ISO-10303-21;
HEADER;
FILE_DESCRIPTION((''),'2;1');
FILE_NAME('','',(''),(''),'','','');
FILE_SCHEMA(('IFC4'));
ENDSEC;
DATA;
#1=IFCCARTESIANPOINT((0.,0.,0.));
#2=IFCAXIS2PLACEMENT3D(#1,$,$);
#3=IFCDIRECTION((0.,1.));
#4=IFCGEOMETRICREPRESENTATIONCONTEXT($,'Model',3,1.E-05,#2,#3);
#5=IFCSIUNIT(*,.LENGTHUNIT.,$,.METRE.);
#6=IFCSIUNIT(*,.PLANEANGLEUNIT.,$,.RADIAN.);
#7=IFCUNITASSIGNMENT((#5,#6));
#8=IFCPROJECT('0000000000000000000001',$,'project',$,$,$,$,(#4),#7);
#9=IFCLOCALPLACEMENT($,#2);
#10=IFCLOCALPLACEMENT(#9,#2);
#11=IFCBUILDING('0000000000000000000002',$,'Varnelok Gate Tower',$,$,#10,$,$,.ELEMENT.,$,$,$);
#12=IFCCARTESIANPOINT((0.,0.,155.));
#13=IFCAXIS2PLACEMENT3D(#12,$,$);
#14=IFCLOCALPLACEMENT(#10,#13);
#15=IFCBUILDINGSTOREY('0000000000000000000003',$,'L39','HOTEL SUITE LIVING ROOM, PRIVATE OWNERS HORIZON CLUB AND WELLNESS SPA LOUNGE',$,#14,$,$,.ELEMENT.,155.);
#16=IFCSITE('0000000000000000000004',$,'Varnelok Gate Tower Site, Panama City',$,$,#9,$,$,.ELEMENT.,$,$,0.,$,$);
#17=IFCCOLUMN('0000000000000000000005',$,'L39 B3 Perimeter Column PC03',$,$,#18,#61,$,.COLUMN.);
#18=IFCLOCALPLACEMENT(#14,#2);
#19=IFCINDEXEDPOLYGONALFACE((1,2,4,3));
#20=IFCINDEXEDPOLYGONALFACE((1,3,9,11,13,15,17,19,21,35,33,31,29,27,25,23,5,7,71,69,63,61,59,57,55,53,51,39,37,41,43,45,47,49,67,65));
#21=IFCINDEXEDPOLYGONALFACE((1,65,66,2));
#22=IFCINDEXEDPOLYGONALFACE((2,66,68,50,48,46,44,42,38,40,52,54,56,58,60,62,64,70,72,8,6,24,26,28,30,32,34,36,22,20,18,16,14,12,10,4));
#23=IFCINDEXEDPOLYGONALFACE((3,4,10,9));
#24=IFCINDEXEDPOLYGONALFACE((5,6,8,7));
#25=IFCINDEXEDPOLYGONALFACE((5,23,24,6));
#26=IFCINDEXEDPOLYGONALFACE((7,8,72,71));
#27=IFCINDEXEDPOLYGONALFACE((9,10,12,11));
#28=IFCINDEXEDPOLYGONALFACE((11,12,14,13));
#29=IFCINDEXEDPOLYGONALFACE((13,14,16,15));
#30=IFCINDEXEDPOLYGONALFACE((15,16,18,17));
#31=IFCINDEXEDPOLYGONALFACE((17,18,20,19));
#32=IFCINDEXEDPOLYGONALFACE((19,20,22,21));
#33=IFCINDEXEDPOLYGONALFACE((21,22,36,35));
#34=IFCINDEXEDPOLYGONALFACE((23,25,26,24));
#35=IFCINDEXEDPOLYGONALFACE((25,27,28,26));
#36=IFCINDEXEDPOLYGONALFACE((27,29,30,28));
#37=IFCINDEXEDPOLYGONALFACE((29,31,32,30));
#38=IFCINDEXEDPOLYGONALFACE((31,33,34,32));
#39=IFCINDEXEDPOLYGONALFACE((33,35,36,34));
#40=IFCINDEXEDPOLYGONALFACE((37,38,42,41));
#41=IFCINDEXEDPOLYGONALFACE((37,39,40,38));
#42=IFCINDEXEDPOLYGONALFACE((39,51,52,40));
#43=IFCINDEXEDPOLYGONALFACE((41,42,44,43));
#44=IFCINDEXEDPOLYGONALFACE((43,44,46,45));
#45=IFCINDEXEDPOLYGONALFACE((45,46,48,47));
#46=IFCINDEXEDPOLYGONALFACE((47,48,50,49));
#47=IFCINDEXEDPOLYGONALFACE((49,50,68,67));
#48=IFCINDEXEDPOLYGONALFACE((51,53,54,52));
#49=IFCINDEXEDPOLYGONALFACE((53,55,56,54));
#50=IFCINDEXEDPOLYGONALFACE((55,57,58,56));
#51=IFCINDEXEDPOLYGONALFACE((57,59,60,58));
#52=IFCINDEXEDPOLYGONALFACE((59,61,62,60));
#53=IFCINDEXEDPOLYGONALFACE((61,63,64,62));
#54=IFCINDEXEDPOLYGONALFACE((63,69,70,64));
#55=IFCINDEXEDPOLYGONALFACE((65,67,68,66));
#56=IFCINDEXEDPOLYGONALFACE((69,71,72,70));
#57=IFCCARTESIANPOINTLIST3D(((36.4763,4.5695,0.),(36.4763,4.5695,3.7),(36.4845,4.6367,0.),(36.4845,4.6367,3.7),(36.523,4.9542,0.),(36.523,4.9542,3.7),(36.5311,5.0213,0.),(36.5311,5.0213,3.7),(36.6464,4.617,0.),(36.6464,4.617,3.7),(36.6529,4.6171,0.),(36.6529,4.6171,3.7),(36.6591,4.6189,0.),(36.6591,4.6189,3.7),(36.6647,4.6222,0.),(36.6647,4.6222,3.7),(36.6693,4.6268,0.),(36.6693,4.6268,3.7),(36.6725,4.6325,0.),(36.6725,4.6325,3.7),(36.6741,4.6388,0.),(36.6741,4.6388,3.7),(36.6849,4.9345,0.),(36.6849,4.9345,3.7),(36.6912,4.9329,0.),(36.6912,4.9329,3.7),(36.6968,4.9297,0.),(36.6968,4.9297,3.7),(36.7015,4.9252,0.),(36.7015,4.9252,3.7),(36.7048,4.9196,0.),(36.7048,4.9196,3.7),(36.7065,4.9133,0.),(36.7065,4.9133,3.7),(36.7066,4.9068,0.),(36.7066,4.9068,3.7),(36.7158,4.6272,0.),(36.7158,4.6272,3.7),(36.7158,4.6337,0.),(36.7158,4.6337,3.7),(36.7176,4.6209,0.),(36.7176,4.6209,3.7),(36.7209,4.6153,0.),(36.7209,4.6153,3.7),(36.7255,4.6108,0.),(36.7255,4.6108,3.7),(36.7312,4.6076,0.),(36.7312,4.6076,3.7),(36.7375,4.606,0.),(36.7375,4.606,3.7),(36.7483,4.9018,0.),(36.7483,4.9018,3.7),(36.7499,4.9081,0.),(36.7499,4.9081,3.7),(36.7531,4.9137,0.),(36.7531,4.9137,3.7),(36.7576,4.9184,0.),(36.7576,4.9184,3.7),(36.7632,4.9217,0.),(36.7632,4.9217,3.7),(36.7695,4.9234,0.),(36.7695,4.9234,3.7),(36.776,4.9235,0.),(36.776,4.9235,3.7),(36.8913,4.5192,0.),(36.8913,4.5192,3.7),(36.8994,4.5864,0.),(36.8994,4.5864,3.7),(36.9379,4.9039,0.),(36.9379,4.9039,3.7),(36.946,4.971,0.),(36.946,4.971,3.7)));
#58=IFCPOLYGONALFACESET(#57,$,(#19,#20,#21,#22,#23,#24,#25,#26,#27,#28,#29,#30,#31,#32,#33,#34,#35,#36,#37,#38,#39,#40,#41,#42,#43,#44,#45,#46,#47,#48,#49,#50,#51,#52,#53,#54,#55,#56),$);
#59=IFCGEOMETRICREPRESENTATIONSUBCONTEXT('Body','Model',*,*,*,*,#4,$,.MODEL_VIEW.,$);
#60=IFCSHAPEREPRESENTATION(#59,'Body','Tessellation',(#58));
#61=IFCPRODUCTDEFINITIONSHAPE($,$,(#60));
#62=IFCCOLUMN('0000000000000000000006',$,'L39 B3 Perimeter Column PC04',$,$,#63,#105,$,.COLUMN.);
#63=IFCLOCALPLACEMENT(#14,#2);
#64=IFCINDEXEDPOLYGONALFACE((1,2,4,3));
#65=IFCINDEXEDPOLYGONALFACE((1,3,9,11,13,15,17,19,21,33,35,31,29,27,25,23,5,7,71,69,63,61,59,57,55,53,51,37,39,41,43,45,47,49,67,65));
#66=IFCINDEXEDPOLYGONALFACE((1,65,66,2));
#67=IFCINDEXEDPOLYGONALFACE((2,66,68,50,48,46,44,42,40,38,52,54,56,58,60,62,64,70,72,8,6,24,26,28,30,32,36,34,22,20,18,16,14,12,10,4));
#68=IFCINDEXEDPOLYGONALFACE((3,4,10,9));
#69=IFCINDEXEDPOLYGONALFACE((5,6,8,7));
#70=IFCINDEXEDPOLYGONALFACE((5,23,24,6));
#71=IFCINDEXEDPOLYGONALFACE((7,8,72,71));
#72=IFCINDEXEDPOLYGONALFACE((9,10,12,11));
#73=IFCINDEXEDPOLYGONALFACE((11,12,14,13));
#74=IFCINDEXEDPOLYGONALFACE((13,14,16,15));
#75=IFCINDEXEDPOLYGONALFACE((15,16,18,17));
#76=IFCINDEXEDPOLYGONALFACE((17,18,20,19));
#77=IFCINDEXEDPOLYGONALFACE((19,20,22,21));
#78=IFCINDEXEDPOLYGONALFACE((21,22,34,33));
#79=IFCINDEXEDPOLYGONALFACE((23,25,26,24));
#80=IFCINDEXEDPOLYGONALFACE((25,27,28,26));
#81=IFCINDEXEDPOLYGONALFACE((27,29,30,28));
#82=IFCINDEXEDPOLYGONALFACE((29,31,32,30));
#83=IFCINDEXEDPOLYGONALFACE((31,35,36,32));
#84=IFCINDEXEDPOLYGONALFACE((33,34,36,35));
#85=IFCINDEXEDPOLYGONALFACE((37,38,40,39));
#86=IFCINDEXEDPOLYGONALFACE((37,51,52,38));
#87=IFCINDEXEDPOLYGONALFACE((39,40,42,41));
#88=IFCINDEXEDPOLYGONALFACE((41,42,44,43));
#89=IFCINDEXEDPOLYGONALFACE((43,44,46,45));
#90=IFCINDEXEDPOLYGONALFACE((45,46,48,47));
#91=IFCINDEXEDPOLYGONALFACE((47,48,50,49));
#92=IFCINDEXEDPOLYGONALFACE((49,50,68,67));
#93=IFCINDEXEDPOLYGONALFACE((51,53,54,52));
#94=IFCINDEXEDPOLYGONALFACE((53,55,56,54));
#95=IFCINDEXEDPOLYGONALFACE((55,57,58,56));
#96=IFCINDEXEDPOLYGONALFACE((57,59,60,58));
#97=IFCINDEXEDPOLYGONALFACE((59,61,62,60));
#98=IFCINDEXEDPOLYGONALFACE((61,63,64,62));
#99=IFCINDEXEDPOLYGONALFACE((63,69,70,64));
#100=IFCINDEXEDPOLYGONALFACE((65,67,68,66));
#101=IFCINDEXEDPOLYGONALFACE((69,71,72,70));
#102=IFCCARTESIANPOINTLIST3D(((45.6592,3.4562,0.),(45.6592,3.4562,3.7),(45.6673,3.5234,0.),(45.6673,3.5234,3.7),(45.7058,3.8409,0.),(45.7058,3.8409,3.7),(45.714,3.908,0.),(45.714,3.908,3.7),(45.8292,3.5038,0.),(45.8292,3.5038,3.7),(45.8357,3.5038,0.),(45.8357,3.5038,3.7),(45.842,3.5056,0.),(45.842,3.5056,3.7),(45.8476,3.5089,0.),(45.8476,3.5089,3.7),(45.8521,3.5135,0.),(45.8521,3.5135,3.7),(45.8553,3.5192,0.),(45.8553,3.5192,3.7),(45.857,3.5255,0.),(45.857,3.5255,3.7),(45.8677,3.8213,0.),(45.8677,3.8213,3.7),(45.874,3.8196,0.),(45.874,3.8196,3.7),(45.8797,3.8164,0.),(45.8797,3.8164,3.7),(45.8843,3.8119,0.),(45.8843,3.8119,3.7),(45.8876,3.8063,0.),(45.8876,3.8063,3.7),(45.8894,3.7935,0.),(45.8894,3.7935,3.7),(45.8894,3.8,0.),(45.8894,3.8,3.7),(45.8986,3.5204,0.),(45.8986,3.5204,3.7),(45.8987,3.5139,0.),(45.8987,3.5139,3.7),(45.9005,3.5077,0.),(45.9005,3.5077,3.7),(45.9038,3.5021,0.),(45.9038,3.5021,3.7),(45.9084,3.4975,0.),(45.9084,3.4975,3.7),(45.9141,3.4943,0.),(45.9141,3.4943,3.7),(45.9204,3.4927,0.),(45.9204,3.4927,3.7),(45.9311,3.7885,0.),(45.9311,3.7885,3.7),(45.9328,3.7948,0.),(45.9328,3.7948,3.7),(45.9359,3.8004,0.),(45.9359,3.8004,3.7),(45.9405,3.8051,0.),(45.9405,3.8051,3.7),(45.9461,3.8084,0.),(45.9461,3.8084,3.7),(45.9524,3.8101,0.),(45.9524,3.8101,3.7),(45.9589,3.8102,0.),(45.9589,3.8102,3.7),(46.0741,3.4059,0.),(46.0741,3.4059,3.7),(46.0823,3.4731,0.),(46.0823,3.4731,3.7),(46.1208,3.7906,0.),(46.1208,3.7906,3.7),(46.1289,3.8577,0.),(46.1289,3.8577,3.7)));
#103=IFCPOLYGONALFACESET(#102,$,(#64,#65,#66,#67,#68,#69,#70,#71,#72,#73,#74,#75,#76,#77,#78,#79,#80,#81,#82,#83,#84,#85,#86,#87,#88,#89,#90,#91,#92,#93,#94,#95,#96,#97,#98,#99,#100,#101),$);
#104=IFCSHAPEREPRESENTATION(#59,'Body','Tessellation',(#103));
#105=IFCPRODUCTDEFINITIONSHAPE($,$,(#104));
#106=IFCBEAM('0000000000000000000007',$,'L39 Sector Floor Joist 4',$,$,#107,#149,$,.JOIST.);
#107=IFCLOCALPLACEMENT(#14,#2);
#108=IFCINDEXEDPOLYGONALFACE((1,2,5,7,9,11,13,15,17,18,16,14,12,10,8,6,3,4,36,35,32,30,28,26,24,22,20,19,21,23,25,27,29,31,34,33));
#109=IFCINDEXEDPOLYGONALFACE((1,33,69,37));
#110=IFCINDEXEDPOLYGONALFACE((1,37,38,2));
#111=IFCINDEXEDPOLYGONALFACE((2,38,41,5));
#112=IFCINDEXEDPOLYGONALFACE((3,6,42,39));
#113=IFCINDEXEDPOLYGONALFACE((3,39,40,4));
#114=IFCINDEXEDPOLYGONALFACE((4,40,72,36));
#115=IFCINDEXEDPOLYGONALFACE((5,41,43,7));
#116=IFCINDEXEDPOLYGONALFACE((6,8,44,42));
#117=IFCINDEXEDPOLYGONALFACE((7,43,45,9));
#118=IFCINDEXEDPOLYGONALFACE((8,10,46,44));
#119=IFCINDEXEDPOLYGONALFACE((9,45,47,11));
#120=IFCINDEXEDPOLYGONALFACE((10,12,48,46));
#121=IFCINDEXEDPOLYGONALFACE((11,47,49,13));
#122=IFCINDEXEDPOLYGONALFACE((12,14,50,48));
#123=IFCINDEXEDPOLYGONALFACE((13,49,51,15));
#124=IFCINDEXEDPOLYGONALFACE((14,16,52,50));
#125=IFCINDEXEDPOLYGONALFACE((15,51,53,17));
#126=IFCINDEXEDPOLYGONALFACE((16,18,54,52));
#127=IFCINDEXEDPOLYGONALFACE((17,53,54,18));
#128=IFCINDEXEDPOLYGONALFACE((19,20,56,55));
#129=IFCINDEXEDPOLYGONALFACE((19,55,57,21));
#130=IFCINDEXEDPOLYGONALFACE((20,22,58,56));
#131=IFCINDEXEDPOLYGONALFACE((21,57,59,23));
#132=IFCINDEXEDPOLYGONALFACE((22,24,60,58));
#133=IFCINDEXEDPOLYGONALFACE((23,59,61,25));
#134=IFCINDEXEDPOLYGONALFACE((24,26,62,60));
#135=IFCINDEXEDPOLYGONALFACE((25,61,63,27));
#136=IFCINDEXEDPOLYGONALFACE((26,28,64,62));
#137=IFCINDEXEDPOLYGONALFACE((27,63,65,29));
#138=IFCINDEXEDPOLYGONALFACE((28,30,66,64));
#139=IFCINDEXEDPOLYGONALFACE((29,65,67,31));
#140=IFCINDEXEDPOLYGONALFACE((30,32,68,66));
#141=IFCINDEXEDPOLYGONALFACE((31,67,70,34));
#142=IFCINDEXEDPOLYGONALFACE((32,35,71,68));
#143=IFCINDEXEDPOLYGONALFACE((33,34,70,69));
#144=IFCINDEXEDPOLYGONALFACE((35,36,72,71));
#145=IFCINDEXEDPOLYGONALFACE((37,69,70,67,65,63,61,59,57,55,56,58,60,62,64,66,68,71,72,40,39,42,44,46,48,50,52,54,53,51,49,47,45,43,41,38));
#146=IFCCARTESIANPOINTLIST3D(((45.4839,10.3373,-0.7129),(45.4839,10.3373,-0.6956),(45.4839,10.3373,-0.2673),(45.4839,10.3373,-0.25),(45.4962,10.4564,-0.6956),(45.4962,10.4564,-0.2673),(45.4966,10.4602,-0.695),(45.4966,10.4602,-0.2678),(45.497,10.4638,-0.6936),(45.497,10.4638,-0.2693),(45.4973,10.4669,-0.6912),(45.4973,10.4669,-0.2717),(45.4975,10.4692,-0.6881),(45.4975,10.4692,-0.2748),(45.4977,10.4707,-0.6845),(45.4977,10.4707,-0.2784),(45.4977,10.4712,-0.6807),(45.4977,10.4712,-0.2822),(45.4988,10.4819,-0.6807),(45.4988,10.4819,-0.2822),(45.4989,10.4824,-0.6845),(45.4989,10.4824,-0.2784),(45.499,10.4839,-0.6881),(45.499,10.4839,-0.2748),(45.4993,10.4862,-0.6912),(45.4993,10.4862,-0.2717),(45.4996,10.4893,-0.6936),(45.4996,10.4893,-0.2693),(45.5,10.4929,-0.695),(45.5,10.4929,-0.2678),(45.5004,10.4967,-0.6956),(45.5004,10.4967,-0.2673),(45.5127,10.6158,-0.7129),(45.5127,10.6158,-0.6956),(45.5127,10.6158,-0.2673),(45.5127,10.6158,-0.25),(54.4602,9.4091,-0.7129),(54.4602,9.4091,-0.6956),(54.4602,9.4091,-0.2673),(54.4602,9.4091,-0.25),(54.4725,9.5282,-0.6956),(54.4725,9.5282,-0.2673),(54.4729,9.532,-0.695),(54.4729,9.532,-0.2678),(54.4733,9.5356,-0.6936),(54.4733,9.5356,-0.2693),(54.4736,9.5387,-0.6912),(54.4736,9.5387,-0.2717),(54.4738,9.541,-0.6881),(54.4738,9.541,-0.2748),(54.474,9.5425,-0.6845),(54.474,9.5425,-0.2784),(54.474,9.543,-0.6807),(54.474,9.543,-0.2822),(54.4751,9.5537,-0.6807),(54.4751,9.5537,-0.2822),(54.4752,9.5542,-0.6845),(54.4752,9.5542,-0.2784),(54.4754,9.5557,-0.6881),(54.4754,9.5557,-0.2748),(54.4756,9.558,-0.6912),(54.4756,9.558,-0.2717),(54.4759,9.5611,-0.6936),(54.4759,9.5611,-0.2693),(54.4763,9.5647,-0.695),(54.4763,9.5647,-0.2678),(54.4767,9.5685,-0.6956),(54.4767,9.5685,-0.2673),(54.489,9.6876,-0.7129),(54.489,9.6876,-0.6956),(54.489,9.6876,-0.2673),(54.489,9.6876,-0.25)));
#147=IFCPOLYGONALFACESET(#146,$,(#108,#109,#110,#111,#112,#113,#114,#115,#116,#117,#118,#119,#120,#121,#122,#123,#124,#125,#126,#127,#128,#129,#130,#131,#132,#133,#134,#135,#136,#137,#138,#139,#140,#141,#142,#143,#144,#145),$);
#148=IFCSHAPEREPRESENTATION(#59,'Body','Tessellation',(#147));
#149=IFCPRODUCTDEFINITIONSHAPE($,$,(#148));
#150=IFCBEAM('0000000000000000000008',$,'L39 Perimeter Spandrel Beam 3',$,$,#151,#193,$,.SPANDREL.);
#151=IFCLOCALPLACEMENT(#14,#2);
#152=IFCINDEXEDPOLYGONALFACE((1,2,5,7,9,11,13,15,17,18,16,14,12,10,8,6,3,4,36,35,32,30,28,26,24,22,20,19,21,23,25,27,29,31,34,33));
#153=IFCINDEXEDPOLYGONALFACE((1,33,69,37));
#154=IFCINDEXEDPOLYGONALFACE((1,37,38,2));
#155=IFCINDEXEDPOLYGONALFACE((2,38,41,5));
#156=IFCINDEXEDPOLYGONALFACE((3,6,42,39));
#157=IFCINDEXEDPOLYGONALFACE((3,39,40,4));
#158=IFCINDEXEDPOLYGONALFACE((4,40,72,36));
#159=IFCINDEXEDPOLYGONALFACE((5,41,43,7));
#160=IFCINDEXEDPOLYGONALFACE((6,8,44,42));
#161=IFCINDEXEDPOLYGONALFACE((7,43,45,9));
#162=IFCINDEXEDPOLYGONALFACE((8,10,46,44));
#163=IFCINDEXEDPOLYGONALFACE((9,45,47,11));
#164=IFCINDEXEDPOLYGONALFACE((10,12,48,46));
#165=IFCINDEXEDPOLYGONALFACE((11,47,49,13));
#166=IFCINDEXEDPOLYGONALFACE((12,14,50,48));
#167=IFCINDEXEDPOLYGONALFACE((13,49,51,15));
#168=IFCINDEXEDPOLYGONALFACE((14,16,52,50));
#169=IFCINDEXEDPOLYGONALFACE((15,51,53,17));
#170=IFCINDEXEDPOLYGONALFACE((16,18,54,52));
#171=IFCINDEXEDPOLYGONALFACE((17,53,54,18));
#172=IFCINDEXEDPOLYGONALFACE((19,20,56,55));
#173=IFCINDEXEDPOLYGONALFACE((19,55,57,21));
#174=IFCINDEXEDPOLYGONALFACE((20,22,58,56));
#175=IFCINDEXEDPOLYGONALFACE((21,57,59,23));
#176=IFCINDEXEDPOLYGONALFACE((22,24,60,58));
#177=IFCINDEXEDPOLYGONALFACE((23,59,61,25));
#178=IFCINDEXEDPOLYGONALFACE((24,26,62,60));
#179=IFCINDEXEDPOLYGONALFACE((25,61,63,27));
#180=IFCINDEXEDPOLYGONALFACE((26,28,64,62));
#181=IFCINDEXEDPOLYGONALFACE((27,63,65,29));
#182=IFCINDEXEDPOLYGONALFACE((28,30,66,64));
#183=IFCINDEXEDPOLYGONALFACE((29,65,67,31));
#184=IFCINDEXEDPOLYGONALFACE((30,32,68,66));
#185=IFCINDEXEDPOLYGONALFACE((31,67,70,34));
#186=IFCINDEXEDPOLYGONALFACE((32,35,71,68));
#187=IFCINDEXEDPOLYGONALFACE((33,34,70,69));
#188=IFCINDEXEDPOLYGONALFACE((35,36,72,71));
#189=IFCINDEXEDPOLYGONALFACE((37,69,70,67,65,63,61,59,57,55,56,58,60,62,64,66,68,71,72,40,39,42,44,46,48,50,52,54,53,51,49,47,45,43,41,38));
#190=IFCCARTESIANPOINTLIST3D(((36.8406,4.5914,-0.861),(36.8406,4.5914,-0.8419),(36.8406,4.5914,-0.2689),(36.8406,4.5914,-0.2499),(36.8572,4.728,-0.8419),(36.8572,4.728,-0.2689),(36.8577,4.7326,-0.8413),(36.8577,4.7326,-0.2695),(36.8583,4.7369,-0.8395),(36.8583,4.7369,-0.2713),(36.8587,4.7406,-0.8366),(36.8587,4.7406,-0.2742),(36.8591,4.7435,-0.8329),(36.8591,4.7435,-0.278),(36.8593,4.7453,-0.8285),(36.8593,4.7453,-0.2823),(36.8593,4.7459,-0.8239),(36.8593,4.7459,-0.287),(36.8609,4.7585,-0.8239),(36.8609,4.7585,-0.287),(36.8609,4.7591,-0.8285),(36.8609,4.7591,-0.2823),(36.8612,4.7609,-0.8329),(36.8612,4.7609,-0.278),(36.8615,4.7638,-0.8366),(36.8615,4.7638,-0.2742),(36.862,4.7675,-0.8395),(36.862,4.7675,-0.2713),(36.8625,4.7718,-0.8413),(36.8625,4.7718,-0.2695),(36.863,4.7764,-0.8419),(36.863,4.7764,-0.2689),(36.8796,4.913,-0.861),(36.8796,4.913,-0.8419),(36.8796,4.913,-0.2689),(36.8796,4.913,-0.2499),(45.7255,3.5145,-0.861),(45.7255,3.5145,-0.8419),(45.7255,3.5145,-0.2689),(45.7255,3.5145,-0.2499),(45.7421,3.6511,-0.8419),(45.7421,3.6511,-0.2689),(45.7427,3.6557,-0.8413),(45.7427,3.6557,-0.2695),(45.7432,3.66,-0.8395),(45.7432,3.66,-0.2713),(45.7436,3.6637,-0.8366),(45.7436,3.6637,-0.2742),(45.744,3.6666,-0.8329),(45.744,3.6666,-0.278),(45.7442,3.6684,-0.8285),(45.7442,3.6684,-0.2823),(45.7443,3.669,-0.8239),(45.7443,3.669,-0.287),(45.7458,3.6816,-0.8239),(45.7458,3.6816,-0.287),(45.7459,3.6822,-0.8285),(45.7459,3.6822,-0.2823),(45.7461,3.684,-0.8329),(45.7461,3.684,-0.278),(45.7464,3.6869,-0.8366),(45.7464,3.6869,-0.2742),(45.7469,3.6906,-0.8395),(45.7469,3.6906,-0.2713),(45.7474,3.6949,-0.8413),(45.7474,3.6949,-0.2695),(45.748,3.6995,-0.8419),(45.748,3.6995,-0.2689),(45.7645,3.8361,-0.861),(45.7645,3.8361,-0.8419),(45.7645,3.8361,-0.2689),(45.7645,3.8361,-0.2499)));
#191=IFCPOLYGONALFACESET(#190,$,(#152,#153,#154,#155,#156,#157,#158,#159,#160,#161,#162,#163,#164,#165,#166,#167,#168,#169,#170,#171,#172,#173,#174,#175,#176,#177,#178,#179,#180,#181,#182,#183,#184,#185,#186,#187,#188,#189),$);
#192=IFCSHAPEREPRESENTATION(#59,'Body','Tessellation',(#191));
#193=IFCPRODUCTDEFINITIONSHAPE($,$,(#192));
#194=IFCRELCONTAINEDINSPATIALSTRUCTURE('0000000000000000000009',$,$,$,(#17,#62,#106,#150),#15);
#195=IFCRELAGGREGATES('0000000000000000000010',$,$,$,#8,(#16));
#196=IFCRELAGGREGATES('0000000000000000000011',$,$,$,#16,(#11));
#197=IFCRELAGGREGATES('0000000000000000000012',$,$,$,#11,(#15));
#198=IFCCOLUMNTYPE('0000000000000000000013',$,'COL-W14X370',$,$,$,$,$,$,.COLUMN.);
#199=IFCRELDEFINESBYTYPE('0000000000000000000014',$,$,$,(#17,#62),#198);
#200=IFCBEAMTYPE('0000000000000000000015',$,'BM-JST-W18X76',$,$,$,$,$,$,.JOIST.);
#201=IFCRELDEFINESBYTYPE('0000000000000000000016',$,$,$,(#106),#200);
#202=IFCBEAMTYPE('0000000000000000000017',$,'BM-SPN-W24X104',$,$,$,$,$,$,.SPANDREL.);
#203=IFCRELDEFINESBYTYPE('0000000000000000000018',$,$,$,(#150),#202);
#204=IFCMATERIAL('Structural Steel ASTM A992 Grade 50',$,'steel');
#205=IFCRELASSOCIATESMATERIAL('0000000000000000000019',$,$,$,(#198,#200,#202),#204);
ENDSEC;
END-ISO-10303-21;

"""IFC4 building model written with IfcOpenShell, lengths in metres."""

from ifc_helpers import new_model, si_unit, direction, frame, origin, origin_2d, place, context, subcontext, project, spatial, i_section, extrude, material, material_profile, profile_set, type_object, element, save


model = new_model("IFC4")

# Units and contexts
model_context = context("Model", 3, precision=1e-05, world=origin(), true_north=direction((0.0, 1.0)))
body_context = subcontext(model_context, "Body", "Model", "MODEL_VIEW")
ifc_project = project(units=[si_unit("LENGTHUNIT", "METRE"), si_unit("PLANEANGLEUNIT", "RADIAN")], contexts=[model_context])

# Site, building, storey
site_placement = place(None, origin())
site = spatial("IfcSite", under=ifc_project, at=site_placement, Name="Varnelok Gate Tower Site, Panama City", CompositionType="ELEMENT", RefElevation=0.0)
building_placement = place(site_placement, origin())
building = spatial("IfcBuilding", under=site, at=building_placement, Name="Varnelok Gate Tower", CompositionType="ELEMENT")
storey_placement = place(building_placement, frame((0.0, 0.0, 155.0)))
storey = spatial("IfcBuildingStorey", under=building, at=storey_placement, Name="L39", Description="HOTEL SUITE LIVING ROOM, PRIVATE OWNERS HORIZON CLUB AND WELLNESS SPA LOUNGE", CompositionType="ELEMENT", Elevation=155.0)

# Columns
ifc_material_1 = material(Name="Structural Steel ASTM A992 Grade 50", Category="steel")
ifc_material_profile_1 = material_profile(ifc_material_1, i_section(OverallWidth=0.418, OverallDepth=0.4551, WebThickness=0.042, FlangeThickness=0.0676, FilletRadius=0.0249, at=origin_2d()), Name="W14X370")
ifc_profile_set_1 = profile_set([ifc_material_profile_1], Name="Structural Steel ASTM A992 Grade 50")
column_type = type_object("IfcColumnType", Name="COL-W14X370", PredefinedType="COLUMN", material=ifc_profile_set_1)
for number, where, z_axis, x_axis, name in (
    (1, (36.7112, 4.7703, 0.0), (0.0, 0.0, 1.0), (0.992732, -0.120345, 0.0), "L39 B3 Perimeter Column PC03"),
    (2, (45.894, 3.657, 0.0), (0.0, 0.0, 1.0), (0.992732, -0.120345, 0.0), "L39 B3 Perimeter Column PC04"),
):
    element("IfcColumn", number, at=place(storey_placement, frame(where, z_axis=z_axis, x_axis=x_axis)), inside=storey, type_object=column_type, Name=name, PredefinedType="COLUMN", context=body_context, shape_type="SweptSolid", body=[
        extrude(i_section(OverallWidth=0.418, OverallDepth=0.4551, WebThickness=0.042, FlangeThickness=0.0676, FilletRadius=0.0249, at=origin_2d()), origin(), (0.0, 0.0, 1.0), 3.7),
    ])

# Beams
ifc_material_profile_2 = material_profile(ifc_material_1, i_section(OverallWidth=0.28, OverallDepth=0.4629, WebThickness=0.0107, FlangeThickness=0.0173, FilletRadius=0.0149, at=origin_2d()), Name="W18X76")
ifc_profile_set_2 = profile_set([ifc_material_profile_2], Name="Structural Steel ASTM A992 Grade 50")
beam_type_1 = type_object("IfcBeamType", Name="BM-JST-W18X76", PredefinedType="JOIST", material=ifc_profile_set_2)
beam_placement = place(storey_placement, frame((45.4983, 10.4766, -0.4814), z_axis=(0.994696, -0.102859, 0.0), x_axis=(0.102859, 0.994696, 0.0)))
element("IfcBeam", 3, at=beam_placement, inside=storey, type_object=beam_type_1, Name="L39 Sector Floor Joist 4", PredefinedType="JOIST", context=body_context, shape_type="SweptSolid", body=[
    extrude(i_section(OverallWidth=0.28, OverallDepth=0.4629, WebThickness=0.0107, FlangeThickness=0.0173, FilletRadius=0.0149, at=origin_2d()), origin(), (0.0, 0.0, 1.0), 9.0242),
])
ifc_material_profile_3 = material_profile(ifc_material_1, i_section(OverallWidth=0.324, OverallDepth=0.6111, WebThickness=0.0127, FlangeThickness=0.019, FilletRadius=0.0181, at=origin_2d()), Name="W24X104")
ifc_profile_set_3 = profile_set([ifc_material_profile_3], Name="Structural Steel ASTM A992 Grade 50")
beam_type_2 = type_object("IfcBeamType", Name="BM-SPN-W24X104", PredefinedType="SPANDREL", material=ifc_profile_set_3)
for number, where, z_axis, x_axis, name in (
    (4, (36.8601, 4.7522, -0.5554), (0.992735, -0.120324, 0.0), (0.120324, 0.992735, 0.0), "L39 Perimeter Spandrel Beam 3"),
):
    element("IfcBeam", number, at=place(storey_placement, frame(where, z_axis=z_axis, x_axis=x_axis)), inside=storey, type_object=beam_type_2, Name=name, PredefinedType="SPANDREL", context=body_context, shape_type="SweptSolid", body=[
        extrude(i_section(OverallWidth=0.324, OverallDepth=0.6111, WebThickness=0.0127, FlangeThickness=0.019, FilletRadius=0.0181, at=origin_2d()), origin(), (0.0, 0.0, 1.0), 8.95),
    ])

save(model, "model.ifc")
